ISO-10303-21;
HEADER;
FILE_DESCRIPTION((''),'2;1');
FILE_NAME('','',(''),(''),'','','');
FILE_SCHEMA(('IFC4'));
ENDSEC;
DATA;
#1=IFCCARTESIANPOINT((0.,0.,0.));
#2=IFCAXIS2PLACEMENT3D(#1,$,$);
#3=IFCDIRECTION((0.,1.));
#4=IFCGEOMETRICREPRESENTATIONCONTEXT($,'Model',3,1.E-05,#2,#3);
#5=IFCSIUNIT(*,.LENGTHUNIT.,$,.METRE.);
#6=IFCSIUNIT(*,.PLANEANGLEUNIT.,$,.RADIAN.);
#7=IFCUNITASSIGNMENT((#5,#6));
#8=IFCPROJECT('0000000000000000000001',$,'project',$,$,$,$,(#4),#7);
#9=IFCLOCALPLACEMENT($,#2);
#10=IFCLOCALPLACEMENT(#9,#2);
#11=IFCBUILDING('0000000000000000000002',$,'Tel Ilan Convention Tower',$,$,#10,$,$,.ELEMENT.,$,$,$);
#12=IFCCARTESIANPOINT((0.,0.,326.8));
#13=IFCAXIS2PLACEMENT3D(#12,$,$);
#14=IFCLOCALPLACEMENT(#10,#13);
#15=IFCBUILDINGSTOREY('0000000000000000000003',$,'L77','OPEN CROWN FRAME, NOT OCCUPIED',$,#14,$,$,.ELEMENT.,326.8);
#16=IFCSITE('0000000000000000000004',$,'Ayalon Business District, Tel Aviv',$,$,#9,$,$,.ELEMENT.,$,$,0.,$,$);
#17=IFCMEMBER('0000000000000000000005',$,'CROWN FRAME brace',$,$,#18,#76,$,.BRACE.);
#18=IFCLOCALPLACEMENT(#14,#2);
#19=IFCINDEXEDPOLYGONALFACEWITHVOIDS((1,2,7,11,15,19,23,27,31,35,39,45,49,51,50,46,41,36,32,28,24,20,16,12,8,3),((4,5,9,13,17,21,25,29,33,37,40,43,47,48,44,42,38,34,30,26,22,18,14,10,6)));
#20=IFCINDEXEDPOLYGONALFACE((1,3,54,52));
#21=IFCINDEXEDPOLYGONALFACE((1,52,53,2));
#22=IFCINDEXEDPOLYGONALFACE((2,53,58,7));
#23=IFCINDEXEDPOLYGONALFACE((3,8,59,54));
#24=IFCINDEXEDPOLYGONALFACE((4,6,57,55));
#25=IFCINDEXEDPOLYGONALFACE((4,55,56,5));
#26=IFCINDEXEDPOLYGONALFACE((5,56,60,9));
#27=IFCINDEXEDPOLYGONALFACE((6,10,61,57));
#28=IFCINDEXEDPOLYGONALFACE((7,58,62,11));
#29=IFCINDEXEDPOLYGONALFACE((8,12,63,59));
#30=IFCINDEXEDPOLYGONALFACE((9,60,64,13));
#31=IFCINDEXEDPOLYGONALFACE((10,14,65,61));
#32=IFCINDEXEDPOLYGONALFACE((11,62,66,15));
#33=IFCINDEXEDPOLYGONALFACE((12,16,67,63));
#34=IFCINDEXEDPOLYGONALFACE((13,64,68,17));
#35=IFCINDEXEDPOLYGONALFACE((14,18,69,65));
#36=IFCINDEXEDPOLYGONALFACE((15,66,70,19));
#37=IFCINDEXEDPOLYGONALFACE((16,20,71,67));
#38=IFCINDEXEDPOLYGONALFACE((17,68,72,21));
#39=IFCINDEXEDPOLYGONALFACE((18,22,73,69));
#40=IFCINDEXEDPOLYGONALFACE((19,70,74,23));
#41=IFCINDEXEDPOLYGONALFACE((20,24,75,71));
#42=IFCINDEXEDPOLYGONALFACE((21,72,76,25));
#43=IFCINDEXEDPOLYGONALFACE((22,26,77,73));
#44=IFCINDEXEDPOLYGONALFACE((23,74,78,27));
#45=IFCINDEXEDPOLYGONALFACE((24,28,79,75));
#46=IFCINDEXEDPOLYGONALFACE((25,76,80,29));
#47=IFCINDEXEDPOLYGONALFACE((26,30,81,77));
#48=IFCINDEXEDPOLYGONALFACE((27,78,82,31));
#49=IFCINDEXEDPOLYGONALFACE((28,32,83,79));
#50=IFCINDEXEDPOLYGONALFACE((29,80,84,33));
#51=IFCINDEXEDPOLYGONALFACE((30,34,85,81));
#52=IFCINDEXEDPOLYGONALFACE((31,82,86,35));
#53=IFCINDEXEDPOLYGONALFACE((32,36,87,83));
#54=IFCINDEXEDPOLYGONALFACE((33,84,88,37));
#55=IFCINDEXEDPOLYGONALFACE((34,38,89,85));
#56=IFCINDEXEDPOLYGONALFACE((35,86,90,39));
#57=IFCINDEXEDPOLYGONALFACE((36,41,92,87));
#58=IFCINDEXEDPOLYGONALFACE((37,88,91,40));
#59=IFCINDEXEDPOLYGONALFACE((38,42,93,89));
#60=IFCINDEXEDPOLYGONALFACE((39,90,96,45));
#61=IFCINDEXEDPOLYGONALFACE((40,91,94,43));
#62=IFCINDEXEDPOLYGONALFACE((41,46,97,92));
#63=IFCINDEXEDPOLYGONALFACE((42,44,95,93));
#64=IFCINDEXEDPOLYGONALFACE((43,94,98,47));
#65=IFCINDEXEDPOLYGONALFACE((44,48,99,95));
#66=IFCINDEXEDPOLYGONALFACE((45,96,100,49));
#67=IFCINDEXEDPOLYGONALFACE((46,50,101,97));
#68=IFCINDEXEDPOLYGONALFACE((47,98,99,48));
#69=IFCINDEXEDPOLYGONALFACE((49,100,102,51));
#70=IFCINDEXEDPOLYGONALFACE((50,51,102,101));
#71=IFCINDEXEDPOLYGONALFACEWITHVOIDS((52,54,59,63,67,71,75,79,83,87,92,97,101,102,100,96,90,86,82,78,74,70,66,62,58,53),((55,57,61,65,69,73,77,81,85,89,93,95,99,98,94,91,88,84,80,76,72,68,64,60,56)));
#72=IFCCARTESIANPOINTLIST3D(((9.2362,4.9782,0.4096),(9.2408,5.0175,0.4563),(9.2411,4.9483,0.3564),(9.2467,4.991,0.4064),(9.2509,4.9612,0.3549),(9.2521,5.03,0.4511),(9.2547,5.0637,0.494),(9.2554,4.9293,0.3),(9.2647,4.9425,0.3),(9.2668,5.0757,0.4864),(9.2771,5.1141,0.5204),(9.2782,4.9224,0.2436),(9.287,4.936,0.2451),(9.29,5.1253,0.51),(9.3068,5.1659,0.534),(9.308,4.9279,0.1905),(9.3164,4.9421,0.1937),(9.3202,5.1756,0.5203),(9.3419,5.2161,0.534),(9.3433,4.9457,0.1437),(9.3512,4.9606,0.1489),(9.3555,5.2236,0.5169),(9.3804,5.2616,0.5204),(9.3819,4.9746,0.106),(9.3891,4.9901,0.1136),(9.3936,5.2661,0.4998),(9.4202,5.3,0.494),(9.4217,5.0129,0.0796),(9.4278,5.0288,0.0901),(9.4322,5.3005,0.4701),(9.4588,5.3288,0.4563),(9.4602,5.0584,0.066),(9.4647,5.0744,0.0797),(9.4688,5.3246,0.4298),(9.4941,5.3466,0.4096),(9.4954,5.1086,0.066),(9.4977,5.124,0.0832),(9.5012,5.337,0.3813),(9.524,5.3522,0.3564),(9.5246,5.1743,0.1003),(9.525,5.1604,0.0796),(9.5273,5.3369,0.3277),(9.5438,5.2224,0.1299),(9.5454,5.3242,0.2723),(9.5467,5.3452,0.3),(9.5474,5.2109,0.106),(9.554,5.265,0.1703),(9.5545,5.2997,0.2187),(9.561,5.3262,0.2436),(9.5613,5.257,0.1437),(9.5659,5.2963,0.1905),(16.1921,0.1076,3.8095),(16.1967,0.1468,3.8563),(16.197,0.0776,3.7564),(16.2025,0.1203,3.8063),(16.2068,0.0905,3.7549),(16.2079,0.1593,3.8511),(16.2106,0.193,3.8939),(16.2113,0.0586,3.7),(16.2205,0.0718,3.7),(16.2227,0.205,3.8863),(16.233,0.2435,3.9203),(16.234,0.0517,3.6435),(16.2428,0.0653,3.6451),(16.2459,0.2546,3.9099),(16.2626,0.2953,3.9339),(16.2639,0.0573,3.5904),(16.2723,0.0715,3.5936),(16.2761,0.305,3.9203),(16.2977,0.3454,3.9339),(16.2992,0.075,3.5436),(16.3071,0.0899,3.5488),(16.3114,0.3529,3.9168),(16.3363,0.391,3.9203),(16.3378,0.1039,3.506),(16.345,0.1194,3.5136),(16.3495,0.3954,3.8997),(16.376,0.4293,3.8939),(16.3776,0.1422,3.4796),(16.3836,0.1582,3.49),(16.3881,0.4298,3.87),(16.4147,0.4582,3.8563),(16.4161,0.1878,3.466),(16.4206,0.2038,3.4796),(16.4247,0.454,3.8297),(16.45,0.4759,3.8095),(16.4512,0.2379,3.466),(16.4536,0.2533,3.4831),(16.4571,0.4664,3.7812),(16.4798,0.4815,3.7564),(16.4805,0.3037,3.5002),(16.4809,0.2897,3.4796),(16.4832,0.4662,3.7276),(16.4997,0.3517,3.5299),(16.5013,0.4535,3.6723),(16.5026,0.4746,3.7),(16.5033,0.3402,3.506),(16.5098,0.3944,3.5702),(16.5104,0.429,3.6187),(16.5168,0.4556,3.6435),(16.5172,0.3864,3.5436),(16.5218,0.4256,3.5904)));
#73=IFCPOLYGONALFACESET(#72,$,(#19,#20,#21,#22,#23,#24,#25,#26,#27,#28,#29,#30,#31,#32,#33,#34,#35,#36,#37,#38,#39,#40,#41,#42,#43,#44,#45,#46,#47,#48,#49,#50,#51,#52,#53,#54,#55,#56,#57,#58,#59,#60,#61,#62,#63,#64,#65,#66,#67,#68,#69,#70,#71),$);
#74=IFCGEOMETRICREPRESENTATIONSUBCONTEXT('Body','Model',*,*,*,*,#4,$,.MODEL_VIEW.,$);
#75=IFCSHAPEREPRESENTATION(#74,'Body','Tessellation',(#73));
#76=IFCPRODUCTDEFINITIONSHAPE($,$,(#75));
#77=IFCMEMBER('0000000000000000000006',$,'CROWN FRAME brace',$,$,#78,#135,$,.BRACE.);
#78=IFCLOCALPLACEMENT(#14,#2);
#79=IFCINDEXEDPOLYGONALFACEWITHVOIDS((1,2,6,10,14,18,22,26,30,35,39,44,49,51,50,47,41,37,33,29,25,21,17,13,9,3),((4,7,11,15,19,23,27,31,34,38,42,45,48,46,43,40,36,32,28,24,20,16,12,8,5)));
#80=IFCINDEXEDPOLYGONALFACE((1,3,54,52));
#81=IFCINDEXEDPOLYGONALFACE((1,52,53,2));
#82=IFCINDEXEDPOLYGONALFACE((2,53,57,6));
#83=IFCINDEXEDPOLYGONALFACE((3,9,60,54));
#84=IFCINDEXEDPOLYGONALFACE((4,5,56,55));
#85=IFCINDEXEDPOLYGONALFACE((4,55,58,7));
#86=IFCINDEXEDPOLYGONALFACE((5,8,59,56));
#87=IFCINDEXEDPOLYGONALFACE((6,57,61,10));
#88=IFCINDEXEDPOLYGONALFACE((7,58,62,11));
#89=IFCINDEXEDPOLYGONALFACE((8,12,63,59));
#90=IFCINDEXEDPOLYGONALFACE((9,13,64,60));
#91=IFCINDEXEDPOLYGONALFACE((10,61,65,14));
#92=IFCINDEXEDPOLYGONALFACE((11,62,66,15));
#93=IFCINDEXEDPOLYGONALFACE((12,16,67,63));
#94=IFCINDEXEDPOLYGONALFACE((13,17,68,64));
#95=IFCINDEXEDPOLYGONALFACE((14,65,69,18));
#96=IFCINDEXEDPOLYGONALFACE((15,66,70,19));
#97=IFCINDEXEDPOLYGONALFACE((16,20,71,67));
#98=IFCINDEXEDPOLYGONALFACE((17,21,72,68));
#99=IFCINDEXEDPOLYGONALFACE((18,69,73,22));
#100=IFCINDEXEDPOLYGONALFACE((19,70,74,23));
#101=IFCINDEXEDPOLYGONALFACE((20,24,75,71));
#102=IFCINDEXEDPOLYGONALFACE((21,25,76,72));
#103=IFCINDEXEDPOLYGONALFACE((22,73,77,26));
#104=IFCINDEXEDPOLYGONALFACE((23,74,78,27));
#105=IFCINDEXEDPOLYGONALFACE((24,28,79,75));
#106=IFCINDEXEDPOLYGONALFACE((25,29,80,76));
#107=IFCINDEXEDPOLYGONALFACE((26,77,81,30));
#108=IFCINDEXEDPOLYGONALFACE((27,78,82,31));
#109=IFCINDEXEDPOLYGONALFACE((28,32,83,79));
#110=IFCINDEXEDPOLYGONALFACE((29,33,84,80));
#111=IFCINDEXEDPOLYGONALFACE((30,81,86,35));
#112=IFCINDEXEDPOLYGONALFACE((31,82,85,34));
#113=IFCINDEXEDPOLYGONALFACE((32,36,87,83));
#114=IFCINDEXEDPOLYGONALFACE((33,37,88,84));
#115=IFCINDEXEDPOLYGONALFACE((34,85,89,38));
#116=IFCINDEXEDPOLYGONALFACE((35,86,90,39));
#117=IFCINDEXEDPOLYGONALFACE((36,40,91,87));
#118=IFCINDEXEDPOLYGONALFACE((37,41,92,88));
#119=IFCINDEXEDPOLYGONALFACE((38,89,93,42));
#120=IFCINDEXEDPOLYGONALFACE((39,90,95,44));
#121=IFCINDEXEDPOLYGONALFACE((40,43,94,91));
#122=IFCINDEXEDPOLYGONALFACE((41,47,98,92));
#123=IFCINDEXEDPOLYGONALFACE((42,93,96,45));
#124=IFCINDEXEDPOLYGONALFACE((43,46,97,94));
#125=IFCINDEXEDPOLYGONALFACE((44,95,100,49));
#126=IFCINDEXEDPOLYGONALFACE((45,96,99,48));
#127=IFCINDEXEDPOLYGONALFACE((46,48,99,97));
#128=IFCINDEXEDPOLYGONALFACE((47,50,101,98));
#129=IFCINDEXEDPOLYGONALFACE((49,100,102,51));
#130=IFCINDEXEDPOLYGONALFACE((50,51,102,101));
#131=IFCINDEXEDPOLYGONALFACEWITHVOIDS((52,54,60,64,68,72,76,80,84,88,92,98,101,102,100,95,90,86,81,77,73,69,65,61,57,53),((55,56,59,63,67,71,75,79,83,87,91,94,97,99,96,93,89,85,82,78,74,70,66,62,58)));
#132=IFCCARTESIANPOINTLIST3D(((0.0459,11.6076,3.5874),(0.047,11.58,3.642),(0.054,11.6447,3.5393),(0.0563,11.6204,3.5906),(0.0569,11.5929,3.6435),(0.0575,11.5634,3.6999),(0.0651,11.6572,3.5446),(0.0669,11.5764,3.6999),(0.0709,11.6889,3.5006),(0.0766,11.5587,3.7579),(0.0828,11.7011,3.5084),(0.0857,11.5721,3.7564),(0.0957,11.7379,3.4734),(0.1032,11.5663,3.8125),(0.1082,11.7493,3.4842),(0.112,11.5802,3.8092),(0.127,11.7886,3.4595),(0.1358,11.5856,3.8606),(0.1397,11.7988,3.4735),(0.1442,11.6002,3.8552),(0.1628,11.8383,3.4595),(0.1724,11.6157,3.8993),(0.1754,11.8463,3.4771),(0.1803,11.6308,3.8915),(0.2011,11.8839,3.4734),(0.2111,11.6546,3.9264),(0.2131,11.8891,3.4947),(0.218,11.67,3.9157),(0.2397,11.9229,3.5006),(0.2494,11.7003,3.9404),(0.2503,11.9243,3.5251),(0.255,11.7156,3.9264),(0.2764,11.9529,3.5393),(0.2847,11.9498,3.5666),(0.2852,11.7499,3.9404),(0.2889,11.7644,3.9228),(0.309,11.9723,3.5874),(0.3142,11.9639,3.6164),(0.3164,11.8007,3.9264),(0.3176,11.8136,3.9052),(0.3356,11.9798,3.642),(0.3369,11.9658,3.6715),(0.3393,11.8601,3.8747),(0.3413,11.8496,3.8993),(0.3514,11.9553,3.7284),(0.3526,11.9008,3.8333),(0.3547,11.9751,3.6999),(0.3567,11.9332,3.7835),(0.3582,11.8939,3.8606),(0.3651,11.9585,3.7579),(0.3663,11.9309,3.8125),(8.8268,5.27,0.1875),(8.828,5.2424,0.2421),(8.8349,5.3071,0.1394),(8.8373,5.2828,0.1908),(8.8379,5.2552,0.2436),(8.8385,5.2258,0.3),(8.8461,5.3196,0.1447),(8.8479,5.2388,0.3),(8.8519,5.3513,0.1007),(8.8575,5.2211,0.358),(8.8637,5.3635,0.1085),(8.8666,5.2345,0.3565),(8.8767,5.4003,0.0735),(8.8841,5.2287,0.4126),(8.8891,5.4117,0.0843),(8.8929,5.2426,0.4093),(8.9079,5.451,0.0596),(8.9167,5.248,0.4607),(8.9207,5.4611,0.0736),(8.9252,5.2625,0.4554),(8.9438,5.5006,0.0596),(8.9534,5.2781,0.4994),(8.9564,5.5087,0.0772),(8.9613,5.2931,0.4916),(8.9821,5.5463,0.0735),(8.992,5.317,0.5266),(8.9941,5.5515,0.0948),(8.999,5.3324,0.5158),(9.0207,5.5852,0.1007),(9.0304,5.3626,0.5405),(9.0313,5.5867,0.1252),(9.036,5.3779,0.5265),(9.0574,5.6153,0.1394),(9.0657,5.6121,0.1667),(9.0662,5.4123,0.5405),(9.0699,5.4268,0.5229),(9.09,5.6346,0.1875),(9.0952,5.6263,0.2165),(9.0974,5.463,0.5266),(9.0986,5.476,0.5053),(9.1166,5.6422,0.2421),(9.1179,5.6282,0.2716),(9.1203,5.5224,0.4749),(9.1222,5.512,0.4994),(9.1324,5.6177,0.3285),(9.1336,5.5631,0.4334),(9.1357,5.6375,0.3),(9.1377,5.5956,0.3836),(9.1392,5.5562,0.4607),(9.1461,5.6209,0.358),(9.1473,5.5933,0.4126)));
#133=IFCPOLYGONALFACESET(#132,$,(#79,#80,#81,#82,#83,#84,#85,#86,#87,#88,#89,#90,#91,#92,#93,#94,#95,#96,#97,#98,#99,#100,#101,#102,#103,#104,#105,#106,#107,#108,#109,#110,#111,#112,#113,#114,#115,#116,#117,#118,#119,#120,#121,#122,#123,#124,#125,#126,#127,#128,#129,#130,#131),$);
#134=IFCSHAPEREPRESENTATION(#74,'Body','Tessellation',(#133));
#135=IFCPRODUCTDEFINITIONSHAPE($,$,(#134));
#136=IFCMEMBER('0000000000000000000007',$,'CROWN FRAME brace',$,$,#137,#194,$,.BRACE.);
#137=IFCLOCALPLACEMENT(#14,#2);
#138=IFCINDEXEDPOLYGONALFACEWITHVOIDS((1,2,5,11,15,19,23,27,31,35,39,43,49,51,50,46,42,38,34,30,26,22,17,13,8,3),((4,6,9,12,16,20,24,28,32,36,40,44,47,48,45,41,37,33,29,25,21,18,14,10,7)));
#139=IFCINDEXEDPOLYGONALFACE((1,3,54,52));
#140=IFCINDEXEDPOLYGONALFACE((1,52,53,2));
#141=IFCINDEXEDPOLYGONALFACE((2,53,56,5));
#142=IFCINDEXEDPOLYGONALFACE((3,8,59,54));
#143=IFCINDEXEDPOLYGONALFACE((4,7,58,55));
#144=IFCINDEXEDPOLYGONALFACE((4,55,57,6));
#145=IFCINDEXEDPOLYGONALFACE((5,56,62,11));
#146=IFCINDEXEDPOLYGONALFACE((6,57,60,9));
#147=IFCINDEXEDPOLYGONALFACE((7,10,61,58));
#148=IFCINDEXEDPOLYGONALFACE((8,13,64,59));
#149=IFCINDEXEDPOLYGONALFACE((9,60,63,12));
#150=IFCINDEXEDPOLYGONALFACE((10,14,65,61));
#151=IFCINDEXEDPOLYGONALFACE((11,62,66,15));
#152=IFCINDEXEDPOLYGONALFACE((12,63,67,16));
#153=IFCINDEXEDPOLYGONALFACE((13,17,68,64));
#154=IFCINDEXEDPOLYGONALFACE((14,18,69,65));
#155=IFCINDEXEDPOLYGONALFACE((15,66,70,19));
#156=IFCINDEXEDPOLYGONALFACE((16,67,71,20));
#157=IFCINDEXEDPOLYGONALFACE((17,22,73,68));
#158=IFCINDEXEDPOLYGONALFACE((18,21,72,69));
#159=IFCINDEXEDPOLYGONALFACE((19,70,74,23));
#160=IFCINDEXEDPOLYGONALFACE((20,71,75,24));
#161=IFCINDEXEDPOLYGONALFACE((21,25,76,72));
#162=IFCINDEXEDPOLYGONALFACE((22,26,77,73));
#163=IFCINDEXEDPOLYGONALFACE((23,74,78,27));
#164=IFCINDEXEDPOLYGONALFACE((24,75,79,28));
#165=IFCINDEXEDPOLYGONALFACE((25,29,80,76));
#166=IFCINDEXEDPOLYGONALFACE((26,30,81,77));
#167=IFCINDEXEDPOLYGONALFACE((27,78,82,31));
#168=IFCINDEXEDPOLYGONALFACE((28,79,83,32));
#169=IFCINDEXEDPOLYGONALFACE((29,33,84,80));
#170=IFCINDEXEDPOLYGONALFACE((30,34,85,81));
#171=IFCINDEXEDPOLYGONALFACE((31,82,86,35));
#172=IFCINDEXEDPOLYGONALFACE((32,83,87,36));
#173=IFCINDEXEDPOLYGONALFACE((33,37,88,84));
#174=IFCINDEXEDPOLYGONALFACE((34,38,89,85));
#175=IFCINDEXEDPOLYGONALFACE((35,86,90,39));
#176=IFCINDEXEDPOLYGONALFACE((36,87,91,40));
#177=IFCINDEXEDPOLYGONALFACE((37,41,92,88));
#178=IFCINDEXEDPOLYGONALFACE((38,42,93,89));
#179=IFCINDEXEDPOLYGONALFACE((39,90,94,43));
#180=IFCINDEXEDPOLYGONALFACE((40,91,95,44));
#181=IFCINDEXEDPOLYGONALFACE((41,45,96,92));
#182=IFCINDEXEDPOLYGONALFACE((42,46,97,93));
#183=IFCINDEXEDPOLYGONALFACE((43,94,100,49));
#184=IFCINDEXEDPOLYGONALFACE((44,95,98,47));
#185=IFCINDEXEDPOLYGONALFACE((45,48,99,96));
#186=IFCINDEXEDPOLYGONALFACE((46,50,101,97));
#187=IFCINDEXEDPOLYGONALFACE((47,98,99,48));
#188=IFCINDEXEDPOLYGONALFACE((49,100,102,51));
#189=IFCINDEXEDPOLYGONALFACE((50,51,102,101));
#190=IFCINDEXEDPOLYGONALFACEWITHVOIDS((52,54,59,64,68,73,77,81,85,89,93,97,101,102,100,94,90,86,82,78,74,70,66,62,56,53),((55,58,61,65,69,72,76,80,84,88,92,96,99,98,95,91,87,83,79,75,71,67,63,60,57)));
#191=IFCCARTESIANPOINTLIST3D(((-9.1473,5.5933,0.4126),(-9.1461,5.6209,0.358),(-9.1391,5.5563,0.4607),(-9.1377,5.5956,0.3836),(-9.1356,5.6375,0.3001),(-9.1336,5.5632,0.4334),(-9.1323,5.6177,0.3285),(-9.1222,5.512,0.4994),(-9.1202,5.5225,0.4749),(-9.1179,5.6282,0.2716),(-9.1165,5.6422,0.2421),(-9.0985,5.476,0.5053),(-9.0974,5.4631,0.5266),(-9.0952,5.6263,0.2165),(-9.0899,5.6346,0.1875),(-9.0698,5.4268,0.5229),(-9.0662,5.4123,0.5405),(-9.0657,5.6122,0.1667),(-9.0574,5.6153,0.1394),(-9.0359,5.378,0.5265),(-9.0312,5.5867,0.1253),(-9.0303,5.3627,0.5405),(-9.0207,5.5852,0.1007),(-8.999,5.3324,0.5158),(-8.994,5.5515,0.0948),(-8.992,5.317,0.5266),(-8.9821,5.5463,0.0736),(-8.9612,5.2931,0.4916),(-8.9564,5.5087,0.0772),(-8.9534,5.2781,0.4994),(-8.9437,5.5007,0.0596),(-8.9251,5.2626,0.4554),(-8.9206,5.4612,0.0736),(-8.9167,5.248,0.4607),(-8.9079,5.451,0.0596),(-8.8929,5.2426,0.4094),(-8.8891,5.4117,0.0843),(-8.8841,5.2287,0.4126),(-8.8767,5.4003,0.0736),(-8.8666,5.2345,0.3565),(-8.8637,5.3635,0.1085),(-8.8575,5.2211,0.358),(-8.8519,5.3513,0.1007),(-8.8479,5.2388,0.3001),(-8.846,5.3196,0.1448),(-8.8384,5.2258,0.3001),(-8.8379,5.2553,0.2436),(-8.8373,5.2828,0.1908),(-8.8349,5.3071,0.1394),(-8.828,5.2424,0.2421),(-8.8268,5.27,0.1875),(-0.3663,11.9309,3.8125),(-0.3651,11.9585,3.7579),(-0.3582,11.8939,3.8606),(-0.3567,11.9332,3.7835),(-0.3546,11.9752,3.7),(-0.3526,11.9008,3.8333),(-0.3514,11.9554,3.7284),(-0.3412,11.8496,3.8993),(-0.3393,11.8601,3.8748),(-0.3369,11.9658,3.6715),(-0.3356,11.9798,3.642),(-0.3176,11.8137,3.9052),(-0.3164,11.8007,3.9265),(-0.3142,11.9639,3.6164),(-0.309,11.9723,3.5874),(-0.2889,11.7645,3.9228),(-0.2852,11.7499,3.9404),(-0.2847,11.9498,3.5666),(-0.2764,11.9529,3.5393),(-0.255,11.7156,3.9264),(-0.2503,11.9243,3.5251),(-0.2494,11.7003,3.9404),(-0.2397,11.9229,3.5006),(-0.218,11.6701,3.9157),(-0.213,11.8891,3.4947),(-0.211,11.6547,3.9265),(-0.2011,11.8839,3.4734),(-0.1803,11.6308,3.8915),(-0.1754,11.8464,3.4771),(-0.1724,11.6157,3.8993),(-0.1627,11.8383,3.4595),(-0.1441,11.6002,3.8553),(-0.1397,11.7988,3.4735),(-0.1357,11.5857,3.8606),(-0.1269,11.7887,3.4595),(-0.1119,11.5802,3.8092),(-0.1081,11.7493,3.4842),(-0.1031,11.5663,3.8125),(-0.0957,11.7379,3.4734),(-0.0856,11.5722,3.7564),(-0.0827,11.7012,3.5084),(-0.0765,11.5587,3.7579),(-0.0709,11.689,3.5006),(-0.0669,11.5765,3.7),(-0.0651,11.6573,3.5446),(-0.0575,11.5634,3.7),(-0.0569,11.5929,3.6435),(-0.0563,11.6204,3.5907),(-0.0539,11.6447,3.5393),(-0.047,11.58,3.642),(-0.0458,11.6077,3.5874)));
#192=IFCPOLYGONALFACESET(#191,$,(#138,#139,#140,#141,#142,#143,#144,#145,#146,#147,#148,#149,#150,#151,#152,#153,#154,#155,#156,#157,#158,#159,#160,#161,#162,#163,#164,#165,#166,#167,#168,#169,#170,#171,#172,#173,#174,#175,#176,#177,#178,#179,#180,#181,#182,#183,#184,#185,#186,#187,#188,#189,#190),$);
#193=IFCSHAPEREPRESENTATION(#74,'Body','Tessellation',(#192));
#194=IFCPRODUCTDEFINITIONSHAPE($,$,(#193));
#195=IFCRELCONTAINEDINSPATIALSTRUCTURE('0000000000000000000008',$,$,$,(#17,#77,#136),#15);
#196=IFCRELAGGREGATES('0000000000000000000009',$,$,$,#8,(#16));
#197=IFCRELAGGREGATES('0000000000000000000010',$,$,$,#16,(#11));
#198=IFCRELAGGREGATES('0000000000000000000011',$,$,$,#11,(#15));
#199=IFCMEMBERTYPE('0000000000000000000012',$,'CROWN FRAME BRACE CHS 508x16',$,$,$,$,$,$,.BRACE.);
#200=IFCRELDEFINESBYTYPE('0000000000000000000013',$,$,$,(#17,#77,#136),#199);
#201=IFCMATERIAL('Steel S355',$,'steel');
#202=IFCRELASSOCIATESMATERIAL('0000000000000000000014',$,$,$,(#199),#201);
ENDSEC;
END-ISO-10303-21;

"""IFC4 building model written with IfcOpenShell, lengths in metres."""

from ifc_helpers import new_model, si_unit, direction, frame, origin, origin_2d, place, context, subcontext, project, spatial, hollow_circle, extrude, material, material_profile, profile_set, type_object, element, save


model = new_model("IFC4")

# Units and contexts
model_context = context("Model", 3, precision=1e-05, world=origin(), true_north=direction((0.0, 1.0)))
body_context = subcontext(model_context, "Body", "Model", "MODEL_VIEW")
ifc_project = project(units=[si_unit("LENGTHUNIT", "METRE"), si_unit("PLANEANGLEUNIT", "RADIAN")], contexts=[model_context])

# Site, building, storey
site_placement = place(None, origin())
site = spatial("IfcSite", under=ifc_project, at=site_placement, Name="Ayalon Business District, Tel Aviv", CompositionType="ELEMENT", RefElevation=0.0)
building_placement = place(site_placement, origin())
building = spatial("IfcBuilding", under=site, at=building_placement, Name="Tel Ilan Convention Tower", CompositionType="ELEMENT")
storey_placement = place(building_placement, frame((0.0, 0.0, 326.8)))
storey = spatial("IfcBuildingStorey", under=building, at=storey_placement, Name="L77", Description="OPEN CROWN FRAME, NOT OCCUPIED", CompositionType="ELEMENT", Elevation=326.8)

# Members
ifc_material_1 = material(Name="Steel S355", Category="steel")
ifc_material_profile_1 = material_profile(ifc_material_1, hollow_circle(Radius=0.2539, WallThickness=0.0161, at=origin_2d()), Name="CHS 508x16")
ifc_profile_set_1 = profile_set([ifc_material_profile_1], Name="Steel S355")
member_type = type_object("IfcMemberType", Name="CROWN FRAME BRACE CHS 508x16", PredefinedType="BRACE", material=ifc_profile_set_1)
member_1_placement = place(storey_placement, frame((16.3569, 0.2666, 3.7), z_axis=(-0.760457, 0.532488, -0.371701), x_axis=(-0.573584, -0.819147, 0.0)))
element("IfcMember", 1, at=member_1_placement, inside=storey, type_object=member_type, Name="CROWN FRAME brace", PredefinedType="BRACE", context=body_context, shape_type="SweptSolid", body=[
    extrude(hollow_circle(Radius=0.2539, WallThickness=0.0161, at=origin_2d()), origin(), (0.0, 0.0, 1.0), 9.147),
])
for number, where, z_axis, x_axis, name in (
    (2, (8.9871, 5.4316, 0.3), (-0.773631, 0.558364, 0.299541), (-0.585236, -0.810863, 0.0), "CROWN FRAME brace"),
    (3, (-0.2061, 11.7693, 3.7), (-0.773631, -0.558364, -0.299541), (0.585236, -0.810863, 0.0), "CROWN FRAME brace"),
):
    element("IfcMember", number, at=place(storey_placement, frame(where, z_axis=z_axis, x_axis=x_axis)), inside=storey, type_object=member_type, Name=name, PredefinedType="BRACE", context=body_context, shape_type="SweptSolid", body=[
        extrude(hollow_circle(Radius=0.2539, WallThickness=0.0161, at=origin_2d()), origin(), (0.0, 0.0, 1.0), 11.3503),
    ])

save(model, "model.ifc")
